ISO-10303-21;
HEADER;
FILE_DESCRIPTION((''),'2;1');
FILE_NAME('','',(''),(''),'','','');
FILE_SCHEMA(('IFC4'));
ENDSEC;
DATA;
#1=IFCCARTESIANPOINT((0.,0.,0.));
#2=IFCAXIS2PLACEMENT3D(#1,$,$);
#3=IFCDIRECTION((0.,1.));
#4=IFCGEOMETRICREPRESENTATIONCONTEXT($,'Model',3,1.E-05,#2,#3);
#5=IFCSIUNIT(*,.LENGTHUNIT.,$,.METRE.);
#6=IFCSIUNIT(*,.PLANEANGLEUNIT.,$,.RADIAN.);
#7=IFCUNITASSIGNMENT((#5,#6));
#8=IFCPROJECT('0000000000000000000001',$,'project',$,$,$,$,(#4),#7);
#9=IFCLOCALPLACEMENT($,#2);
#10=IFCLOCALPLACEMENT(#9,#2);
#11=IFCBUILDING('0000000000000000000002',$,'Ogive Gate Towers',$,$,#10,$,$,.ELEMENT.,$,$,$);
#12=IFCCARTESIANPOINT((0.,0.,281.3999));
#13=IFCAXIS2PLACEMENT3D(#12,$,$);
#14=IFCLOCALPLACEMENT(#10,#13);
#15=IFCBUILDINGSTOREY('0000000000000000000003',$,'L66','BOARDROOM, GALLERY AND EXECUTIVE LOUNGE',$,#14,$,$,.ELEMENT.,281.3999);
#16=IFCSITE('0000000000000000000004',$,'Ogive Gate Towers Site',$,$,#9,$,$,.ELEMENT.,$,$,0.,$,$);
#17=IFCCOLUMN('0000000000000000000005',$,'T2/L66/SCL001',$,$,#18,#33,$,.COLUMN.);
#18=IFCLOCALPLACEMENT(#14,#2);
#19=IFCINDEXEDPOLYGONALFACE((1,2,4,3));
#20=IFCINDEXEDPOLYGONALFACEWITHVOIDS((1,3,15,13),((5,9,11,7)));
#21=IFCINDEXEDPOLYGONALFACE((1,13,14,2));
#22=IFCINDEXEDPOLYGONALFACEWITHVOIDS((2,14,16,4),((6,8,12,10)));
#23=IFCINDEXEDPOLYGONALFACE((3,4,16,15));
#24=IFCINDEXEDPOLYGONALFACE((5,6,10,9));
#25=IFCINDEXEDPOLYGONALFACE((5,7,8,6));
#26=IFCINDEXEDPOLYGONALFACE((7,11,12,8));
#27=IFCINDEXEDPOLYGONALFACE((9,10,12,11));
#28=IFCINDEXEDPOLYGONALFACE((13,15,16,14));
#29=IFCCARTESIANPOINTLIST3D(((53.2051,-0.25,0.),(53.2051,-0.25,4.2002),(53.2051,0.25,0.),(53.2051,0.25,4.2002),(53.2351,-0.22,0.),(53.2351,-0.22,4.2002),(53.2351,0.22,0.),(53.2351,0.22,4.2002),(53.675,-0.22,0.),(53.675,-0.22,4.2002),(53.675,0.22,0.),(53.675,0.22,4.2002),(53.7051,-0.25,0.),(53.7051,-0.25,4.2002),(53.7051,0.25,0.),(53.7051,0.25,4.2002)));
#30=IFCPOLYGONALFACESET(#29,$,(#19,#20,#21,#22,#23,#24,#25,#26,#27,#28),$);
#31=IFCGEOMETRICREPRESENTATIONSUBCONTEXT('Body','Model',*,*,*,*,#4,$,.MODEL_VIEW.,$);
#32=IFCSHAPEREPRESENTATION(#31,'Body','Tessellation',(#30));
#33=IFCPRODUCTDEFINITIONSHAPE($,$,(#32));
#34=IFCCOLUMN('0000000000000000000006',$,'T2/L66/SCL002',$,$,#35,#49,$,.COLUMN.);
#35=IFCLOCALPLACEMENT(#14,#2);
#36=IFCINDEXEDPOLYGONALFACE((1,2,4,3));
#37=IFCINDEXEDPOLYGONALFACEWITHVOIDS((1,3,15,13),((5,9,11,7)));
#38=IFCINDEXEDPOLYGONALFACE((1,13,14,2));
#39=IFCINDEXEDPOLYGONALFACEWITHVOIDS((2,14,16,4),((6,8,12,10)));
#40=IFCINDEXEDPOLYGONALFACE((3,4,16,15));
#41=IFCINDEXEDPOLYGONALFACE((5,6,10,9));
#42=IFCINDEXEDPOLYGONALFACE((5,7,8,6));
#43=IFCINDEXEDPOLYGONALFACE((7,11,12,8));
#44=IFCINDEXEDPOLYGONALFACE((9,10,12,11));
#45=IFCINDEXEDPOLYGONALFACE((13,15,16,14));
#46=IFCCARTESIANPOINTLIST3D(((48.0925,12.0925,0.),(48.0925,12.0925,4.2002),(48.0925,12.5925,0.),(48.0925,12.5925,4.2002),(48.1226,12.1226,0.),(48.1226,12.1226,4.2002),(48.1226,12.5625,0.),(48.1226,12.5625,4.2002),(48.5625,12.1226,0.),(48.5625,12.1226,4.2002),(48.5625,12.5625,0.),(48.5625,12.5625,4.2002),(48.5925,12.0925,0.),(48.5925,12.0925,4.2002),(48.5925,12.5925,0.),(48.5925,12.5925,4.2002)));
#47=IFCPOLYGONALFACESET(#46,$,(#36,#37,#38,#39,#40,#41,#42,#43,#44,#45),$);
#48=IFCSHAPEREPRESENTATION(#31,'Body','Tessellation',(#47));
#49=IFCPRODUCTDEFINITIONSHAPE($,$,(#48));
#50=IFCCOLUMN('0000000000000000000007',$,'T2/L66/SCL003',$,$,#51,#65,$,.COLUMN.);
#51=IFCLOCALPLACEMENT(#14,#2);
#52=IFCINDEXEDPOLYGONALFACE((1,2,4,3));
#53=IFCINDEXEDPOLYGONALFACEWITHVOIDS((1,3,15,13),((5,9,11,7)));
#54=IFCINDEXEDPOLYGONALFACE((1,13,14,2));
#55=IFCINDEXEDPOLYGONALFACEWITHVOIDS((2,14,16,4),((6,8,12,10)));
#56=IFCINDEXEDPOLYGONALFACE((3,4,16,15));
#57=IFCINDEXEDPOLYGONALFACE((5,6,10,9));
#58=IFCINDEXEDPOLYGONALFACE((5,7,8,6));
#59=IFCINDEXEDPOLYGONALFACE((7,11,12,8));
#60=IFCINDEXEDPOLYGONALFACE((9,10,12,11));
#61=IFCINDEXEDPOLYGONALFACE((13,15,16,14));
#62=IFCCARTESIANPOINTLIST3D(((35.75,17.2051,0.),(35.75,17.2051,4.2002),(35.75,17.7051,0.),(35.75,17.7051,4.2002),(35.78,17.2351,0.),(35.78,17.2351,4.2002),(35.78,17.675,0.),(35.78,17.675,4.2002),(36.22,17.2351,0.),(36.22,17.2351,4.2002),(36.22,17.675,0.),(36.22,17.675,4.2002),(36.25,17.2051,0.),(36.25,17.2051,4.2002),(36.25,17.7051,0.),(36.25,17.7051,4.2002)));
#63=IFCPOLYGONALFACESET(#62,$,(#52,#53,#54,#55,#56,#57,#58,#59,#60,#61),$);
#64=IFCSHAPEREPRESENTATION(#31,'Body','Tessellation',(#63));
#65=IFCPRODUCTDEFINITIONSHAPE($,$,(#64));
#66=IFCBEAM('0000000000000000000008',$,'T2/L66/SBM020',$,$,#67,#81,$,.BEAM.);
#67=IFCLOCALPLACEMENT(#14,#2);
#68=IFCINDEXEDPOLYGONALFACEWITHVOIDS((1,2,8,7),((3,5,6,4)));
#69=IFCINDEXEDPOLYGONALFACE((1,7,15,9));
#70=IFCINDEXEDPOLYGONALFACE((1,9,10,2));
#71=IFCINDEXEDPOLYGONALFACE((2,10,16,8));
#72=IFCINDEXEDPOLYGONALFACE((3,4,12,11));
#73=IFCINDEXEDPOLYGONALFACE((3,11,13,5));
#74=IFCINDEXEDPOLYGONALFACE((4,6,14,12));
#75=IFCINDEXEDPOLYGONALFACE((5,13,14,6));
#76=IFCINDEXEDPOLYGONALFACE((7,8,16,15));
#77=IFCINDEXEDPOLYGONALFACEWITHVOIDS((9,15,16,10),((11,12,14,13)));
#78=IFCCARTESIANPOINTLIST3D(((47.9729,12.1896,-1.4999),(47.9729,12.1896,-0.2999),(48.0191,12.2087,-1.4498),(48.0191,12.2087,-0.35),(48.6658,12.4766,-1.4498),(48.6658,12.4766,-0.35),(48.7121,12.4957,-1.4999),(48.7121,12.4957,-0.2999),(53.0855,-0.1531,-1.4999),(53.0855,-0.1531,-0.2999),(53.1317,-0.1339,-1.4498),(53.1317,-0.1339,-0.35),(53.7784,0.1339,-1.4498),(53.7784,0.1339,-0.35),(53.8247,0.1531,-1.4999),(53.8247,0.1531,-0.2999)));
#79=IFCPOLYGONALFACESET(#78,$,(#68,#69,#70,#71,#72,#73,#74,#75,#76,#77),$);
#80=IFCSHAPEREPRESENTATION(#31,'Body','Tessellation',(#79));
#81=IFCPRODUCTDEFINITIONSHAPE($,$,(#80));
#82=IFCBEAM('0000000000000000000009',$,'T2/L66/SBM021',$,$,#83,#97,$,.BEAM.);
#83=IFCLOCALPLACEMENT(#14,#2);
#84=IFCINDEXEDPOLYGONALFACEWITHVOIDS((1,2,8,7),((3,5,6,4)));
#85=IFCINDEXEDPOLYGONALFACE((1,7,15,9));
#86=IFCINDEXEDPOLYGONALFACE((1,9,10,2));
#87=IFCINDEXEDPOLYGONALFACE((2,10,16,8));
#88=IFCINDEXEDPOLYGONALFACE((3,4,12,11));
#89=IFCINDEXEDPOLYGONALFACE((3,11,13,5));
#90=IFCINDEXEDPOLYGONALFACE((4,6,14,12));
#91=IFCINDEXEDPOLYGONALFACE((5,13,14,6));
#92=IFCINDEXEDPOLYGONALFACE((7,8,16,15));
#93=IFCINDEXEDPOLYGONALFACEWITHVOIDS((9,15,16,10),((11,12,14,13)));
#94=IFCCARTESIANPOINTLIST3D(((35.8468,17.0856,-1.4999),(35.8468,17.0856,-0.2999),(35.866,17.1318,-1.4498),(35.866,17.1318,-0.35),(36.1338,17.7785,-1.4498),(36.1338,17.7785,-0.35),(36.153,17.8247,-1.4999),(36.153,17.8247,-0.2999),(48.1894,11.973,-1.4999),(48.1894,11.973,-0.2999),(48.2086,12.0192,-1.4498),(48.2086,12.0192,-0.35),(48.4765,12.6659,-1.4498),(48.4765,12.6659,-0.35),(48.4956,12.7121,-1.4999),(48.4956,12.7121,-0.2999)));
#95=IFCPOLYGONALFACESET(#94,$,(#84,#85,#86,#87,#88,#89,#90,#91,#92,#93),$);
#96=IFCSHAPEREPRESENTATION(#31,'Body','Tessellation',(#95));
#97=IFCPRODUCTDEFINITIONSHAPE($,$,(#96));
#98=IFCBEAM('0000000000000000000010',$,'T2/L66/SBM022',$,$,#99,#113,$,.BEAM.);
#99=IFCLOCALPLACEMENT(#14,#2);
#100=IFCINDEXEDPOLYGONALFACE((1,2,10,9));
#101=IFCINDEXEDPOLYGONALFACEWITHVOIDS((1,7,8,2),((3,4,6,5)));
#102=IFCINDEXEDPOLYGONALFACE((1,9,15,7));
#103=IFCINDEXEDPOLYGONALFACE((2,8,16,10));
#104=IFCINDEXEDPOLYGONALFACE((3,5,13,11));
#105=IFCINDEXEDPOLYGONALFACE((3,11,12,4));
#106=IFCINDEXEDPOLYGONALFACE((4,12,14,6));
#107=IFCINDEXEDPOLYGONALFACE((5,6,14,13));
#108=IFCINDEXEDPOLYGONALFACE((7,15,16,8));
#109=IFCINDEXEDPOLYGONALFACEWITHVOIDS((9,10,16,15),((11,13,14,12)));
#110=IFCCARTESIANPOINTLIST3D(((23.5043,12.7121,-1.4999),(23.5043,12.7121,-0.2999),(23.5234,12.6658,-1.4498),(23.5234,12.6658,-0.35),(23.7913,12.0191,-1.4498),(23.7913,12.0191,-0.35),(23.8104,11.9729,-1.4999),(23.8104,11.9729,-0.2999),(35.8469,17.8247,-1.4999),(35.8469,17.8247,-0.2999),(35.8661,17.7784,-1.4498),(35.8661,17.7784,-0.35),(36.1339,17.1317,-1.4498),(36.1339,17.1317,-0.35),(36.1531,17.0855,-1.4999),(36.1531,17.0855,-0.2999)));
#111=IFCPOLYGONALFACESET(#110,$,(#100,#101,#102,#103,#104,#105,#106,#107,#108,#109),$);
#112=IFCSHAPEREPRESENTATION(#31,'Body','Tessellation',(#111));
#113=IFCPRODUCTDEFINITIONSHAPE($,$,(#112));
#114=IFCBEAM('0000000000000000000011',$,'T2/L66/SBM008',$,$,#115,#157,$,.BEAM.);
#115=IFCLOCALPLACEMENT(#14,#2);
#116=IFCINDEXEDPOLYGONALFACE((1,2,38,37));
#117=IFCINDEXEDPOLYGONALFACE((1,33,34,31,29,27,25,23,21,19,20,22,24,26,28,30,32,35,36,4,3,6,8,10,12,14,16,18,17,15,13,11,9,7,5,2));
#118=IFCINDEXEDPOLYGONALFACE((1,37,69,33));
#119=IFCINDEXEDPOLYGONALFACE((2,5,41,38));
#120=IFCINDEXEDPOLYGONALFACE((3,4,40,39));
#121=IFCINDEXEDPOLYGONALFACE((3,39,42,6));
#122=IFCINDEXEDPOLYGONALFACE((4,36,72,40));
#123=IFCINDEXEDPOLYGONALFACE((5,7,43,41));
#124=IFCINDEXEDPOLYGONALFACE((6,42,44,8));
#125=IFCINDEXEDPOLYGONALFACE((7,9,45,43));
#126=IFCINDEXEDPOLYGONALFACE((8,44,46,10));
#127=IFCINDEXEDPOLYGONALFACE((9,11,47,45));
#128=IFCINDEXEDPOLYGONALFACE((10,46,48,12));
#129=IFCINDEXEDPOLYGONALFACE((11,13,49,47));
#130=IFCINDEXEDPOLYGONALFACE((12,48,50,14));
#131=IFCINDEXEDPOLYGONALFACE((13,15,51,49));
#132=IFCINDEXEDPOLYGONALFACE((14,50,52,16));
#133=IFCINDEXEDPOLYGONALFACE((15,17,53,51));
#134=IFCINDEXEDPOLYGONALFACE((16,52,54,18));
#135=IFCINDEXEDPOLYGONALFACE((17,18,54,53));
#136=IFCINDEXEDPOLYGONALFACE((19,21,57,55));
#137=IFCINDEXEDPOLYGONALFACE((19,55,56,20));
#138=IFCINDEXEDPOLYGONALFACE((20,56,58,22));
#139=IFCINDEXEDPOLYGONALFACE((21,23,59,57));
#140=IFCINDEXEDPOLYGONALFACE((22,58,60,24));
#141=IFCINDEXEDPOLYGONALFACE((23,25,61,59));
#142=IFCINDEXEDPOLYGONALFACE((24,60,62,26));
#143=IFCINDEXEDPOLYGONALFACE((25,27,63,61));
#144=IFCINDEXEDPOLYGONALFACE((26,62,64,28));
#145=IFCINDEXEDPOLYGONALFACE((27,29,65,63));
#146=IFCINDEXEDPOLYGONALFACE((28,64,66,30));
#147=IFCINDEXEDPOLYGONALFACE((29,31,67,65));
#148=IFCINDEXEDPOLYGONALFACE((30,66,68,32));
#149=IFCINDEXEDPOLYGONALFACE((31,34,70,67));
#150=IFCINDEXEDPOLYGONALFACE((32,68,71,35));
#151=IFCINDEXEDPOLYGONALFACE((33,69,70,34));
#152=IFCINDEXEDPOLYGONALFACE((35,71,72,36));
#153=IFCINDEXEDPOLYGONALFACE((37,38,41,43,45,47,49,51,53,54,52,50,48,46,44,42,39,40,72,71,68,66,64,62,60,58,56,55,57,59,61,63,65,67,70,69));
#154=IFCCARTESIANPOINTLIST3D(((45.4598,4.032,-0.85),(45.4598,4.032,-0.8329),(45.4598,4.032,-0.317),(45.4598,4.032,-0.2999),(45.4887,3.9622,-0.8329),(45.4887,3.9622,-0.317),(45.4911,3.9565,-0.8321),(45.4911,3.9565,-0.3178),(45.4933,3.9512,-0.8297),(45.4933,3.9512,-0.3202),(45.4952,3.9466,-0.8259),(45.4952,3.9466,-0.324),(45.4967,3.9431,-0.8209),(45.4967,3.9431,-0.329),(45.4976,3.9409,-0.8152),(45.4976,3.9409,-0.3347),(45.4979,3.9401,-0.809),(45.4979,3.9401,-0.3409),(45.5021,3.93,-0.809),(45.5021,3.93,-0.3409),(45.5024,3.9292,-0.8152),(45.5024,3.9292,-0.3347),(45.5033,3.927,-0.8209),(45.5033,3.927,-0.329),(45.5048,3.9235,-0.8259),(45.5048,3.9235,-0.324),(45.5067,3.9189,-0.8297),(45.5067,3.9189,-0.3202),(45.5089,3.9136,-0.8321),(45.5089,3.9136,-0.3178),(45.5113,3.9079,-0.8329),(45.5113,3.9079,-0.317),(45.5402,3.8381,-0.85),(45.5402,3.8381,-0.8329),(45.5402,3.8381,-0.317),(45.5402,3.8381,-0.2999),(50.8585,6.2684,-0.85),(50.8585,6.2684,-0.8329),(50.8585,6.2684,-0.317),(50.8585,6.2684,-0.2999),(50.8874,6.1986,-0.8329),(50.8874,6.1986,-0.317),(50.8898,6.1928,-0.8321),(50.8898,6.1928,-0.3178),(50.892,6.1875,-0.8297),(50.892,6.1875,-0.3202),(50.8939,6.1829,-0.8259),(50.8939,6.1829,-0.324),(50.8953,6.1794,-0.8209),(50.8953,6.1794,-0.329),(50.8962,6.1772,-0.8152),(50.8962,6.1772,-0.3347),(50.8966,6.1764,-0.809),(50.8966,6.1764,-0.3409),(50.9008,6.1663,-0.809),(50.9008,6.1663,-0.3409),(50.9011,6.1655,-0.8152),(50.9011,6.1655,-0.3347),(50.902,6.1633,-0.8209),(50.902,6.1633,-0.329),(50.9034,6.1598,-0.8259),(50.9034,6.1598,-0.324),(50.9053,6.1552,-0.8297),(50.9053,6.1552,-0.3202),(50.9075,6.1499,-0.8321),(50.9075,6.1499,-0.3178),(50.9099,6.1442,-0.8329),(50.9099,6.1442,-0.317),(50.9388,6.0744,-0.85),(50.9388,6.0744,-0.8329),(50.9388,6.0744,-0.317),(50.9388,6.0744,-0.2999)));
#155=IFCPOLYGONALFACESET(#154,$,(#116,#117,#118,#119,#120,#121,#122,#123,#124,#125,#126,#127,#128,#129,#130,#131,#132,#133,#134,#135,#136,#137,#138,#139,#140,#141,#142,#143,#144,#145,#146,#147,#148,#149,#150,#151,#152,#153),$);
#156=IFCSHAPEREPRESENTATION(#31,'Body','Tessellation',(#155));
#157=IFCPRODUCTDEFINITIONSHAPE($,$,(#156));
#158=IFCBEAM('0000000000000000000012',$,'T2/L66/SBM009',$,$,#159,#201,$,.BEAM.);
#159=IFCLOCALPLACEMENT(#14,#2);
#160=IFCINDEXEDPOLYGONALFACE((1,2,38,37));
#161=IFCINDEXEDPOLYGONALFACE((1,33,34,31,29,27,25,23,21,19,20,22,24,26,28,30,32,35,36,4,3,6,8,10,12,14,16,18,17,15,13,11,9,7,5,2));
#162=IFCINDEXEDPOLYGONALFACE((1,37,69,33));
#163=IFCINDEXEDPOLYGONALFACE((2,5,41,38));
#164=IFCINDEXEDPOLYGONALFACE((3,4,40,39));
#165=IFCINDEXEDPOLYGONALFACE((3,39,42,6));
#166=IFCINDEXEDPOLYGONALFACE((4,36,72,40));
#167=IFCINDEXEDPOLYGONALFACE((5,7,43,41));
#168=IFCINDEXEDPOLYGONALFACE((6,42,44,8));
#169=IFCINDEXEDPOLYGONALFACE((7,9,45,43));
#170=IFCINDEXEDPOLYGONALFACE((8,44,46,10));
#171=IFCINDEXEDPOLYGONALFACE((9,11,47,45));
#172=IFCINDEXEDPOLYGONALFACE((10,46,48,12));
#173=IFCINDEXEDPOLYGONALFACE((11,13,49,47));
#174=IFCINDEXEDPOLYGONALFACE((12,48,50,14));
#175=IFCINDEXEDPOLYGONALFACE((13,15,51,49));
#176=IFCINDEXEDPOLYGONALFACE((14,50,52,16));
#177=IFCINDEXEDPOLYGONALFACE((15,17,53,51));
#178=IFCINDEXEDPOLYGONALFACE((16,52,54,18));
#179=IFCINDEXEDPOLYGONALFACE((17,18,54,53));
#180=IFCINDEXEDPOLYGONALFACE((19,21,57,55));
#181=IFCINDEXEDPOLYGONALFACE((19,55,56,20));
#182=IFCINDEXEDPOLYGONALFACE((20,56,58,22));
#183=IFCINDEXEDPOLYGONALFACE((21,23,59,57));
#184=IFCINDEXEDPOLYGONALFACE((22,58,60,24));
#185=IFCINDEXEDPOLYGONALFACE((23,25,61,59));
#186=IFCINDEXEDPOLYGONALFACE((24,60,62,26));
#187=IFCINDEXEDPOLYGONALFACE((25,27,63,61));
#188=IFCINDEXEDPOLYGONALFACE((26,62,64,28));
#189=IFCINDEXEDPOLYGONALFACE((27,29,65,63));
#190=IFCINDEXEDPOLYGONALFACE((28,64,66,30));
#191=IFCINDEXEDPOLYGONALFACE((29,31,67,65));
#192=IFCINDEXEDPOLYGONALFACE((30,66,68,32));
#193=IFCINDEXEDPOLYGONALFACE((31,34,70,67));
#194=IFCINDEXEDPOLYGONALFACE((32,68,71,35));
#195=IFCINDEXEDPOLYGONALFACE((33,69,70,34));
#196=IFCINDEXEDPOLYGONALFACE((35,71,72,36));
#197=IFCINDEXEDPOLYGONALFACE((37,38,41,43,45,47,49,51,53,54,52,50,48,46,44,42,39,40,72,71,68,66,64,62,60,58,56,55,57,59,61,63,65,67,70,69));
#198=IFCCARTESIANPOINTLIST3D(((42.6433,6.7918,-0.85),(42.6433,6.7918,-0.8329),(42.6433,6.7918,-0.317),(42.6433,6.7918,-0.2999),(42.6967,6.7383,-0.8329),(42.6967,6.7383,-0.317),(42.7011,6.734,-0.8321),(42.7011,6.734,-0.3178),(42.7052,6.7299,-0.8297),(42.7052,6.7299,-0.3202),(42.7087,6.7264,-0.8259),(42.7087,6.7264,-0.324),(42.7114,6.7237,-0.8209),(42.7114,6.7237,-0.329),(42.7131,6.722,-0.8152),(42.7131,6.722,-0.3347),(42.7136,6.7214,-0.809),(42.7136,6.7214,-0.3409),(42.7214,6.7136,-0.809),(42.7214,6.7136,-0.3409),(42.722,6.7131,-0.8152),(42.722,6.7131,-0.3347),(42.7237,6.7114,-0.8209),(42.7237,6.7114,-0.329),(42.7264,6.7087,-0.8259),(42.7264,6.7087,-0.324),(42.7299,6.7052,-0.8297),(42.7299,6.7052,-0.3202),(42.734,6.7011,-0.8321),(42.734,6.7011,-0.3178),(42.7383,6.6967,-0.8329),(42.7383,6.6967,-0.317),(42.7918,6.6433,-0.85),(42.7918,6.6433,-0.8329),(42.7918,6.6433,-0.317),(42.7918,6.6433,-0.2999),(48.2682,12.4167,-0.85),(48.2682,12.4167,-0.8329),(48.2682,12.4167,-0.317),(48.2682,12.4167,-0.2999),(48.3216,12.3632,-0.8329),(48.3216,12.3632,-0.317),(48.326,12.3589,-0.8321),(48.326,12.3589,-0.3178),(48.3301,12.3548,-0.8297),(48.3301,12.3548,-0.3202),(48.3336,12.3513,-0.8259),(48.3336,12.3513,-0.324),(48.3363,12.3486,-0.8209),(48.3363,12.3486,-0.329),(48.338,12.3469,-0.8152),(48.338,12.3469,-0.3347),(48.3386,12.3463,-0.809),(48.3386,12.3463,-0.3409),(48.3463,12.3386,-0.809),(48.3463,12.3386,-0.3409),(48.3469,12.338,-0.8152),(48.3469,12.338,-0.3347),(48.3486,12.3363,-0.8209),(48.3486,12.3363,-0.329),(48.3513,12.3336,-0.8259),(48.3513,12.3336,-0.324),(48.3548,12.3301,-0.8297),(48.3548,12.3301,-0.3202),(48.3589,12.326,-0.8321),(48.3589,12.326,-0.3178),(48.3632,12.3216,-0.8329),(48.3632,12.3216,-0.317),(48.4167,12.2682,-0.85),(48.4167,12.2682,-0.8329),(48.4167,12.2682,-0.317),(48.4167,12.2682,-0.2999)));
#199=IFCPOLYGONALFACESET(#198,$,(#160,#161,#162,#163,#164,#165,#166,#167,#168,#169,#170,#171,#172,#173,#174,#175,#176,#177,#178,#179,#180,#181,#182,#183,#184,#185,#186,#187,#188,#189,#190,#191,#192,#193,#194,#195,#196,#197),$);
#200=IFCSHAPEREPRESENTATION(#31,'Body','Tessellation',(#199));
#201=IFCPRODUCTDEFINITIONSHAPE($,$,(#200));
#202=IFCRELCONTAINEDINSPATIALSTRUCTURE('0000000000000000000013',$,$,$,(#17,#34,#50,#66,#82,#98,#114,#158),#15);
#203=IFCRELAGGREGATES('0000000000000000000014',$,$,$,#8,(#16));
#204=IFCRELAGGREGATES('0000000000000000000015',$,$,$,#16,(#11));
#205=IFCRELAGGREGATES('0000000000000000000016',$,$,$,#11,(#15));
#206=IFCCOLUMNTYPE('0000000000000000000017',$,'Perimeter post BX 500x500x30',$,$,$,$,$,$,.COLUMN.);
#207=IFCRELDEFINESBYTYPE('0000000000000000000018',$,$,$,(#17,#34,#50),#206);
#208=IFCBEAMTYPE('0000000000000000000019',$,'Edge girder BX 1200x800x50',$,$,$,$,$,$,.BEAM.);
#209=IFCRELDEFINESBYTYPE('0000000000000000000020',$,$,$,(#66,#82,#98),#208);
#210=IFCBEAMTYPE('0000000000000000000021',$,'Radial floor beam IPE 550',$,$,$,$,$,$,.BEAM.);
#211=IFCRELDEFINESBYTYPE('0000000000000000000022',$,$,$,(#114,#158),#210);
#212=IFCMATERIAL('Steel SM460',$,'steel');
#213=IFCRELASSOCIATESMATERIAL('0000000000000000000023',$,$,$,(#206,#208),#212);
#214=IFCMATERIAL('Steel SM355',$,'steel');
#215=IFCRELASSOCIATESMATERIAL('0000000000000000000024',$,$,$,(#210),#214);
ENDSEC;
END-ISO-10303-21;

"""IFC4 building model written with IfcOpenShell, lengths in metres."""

from ifc_helpers import new_model, si_unit, direction, frame, origin, origin_2d, place, context, subcontext, project, spatial, hollow_rectangle, i_section, extrude, material, material_profile, profile_set, type_object, element, save


model = new_model("IFC4")

# Units and contexts
model_context = context("Model", 3, precision=1e-05, world=origin(), true_north=direction((0.0, 1.0)))
body_context = subcontext(model_context, "Body", "Model", "MODEL_VIEW")
ifc_project = project(units=[si_unit("LENGTHUNIT", "METRE"), si_unit("PLANEANGLEUNIT", "RADIAN")], contexts=[model_context])

# Site, building, storey
site_placement = place(None, origin())
site = spatial("IfcSite", under=ifc_project, at=site_placement, Name="Ogive Gate Towers Site", CompositionType="ELEMENT", RefElevation=0.0)
building_placement = place(site_placement, origin())
building = spatial("IfcBuilding", under=site, at=building_placement, Name="Ogive Gate Towers", CompositionType="ELEMENT")
storey_placement = place(building_placement, frame((0.0, 0.0, 281.3999)))
storey = spatial("IfcBuildingStorey", under=building, at=storey_placement, Name="L66", Description="BOARDROOM, GALLERY AND EXECUTIVE LOUNGE", CompositionType="ELEMENT", Elevation=281.3999)

# Columns
ifc_material_1 = material(Name="Steel SM460", Category="steel")
ifc_material_profile_1 = material_profile(ifc_material_1, hollow_rectangle(XDim=0.5, YDim=0.5, WallThickness=0.03, at=origin_2d()), Name="BX 500x500x30")
ifc_profile_set_1 = profile_set([ifc_material_profile_1], Name="Steel SM460")
column_type = type_object("IfcColumnType", Name="Perimeter post BX 500x500x30", PredefinedType="COLUMN", material=ifc_profile_set_1)
for number, where, z_axis, x_axis, name in (
    (1, (53.4551, 0.0, 0.0), (0.0, 0.0, 1.0), (1.0, 0.0, 0.0), "T2/L66/SCL001"),
    (2, (48.3425, 12.3425, 0.0), (0.0, 0.0, 1.0), (1.0, 0.0, 0.0), "T2/L66/SCL002"),
    (3, (36.0, 17.4551, 0.0), (0.0, 0.0, 1.0), (1.0, 0.0, 0.0), "T2/L66/SCL003"),
):
    element("IfcColumn", number, at=place(storey_placement, frame(where, z_axis=z_axis, x_axis=x_axis)), inside=storey, type_object=column_type, Name=name, PredefinedType="COLUMN", context=body_context, shape_type="SweptSolid", body=[
        extrude(hollow_rectangle(XDim=0.5, YDim=0.5, WallThickness=0.03, at=origin_2d()), origin(), (0.0, 0.0, 1.0), 4.2002),
    ])

# Beams
ifc_material_profile_2 = material_profile(ifc_material_1, hollow_rectangle(XDim=0.8, YDim=1.2, WallThickness=0.05, at=origin_2d()), Name="BX 1200x800x50")
ifc_profile_set_2 = profile_set([ifc_material_profile_2], Name="Steel SM460")
beam_type_1 = type_object("IfcBeamType", Name="Edge girder BX 1200x800x50", PredefinedType="BEAM", material=ifc_profile_set_2)
for number, where, z_axis, x_axis, name in (
    (4, (53.4551, 0.0, -0.8999), (-0.38269, 0.923877, 0.0), (-0.923877, -0.38269, 0.0), "T2/L66/SBM020"),
    (5, (48.3425, 12.3425, -0.8999), (-0.923877, 0.38269, 0.0), (-0.38269, -0.923877, 0.0), "T2/L66/SBM021"),
    (6, (36.0, 17.4551, -0.8999), (-0.923877, -0.38269, 0.0), (0.38269, -0.923877, 0.0), "T2/L66/SBM022"),
):
    element("IfcBeam", number, at=place(storey_placement, frame(where, z_axis=z_axis, x_axis=x_axis)), inside=storey, type_object=beam_type_1, Name=name, PredefinedType="BEAM", context=body_context, shape_type="SweptSolid", body=[
        extrude(hollow_rectangle(XDim=0.8, YDim=1.2, WallThickness=0.05, at=origin_2d()), origin(), (0.0, 0.0, 1.0), 13.3596),
    ])
ifc_material_2 = material(Name="Steel SM355", Category="steel")
ifc_material_profile_3 = material_profile(ifc_material_2, i_section(OverallWidth=0.21, OverallDepth=0.55, WebThickness=0.011, FlangeThickness=0.0171, FilletRadius=0.0239, at=origin_2d()), Name="IPE 550")
ifc_profile_set_3 = profile_set([ifc_material_profile_3], Name="Steel SM355")
beam_type_2 = type_object("IfcBeamType", Name="Radial floor beam IPE 550", PredefinedType="BEAM", material=ifc_profile_set_3)
beam_1_placement = place(storey_placement, frame((45.5, 3.9351, -0.575), z_axis=(0.923872, 0.382701, 0.0), x_axis=(-0.382701, 0.923872, 0.0)))
element("IfcBeam", 7, at=beam_1_placement, inside=storey, type_object=beam_type_2, Name="T2/L66/SBM008", PredefinedType="BEAM", context=body_context, shape_type="SweptSolid", body=[
    extrude(i_section(OverallWidth=0.21, OverallDepth=0.55, WebThickness=0.011, FlangeThickness=0.0171, FilletRadius=0.0239, at=origin_2d()), origin(), (0.0, 0.0, 1.0), 5.8435),
])
beam_2_placement = place(storey_placement, frame((42.7175, 6.7175, -0.575), z_axis=(0.707107, 0.707107, 0.0), x_axis=(-0.707107, 0.707107, 0.0)))
element("IfcBeam", 8, at=beam_2_placement, inside=storey, type_object=beam_type_2, Name="T2/L66/SBM009", PredefinedType="BEAM", context=body_context, shape_type="SweptSolid", body=[
    extrude(i_section(OverallWidth=0.21, OverallDepth=0.55, WebThickness=0.011, FlangeThickness=0.0171, FilletRadius=0.0239, at=origin_2d()), origin(), (0.0, 0.0, 1.0), 7.9548),
])

save(model, "model.ifc")
